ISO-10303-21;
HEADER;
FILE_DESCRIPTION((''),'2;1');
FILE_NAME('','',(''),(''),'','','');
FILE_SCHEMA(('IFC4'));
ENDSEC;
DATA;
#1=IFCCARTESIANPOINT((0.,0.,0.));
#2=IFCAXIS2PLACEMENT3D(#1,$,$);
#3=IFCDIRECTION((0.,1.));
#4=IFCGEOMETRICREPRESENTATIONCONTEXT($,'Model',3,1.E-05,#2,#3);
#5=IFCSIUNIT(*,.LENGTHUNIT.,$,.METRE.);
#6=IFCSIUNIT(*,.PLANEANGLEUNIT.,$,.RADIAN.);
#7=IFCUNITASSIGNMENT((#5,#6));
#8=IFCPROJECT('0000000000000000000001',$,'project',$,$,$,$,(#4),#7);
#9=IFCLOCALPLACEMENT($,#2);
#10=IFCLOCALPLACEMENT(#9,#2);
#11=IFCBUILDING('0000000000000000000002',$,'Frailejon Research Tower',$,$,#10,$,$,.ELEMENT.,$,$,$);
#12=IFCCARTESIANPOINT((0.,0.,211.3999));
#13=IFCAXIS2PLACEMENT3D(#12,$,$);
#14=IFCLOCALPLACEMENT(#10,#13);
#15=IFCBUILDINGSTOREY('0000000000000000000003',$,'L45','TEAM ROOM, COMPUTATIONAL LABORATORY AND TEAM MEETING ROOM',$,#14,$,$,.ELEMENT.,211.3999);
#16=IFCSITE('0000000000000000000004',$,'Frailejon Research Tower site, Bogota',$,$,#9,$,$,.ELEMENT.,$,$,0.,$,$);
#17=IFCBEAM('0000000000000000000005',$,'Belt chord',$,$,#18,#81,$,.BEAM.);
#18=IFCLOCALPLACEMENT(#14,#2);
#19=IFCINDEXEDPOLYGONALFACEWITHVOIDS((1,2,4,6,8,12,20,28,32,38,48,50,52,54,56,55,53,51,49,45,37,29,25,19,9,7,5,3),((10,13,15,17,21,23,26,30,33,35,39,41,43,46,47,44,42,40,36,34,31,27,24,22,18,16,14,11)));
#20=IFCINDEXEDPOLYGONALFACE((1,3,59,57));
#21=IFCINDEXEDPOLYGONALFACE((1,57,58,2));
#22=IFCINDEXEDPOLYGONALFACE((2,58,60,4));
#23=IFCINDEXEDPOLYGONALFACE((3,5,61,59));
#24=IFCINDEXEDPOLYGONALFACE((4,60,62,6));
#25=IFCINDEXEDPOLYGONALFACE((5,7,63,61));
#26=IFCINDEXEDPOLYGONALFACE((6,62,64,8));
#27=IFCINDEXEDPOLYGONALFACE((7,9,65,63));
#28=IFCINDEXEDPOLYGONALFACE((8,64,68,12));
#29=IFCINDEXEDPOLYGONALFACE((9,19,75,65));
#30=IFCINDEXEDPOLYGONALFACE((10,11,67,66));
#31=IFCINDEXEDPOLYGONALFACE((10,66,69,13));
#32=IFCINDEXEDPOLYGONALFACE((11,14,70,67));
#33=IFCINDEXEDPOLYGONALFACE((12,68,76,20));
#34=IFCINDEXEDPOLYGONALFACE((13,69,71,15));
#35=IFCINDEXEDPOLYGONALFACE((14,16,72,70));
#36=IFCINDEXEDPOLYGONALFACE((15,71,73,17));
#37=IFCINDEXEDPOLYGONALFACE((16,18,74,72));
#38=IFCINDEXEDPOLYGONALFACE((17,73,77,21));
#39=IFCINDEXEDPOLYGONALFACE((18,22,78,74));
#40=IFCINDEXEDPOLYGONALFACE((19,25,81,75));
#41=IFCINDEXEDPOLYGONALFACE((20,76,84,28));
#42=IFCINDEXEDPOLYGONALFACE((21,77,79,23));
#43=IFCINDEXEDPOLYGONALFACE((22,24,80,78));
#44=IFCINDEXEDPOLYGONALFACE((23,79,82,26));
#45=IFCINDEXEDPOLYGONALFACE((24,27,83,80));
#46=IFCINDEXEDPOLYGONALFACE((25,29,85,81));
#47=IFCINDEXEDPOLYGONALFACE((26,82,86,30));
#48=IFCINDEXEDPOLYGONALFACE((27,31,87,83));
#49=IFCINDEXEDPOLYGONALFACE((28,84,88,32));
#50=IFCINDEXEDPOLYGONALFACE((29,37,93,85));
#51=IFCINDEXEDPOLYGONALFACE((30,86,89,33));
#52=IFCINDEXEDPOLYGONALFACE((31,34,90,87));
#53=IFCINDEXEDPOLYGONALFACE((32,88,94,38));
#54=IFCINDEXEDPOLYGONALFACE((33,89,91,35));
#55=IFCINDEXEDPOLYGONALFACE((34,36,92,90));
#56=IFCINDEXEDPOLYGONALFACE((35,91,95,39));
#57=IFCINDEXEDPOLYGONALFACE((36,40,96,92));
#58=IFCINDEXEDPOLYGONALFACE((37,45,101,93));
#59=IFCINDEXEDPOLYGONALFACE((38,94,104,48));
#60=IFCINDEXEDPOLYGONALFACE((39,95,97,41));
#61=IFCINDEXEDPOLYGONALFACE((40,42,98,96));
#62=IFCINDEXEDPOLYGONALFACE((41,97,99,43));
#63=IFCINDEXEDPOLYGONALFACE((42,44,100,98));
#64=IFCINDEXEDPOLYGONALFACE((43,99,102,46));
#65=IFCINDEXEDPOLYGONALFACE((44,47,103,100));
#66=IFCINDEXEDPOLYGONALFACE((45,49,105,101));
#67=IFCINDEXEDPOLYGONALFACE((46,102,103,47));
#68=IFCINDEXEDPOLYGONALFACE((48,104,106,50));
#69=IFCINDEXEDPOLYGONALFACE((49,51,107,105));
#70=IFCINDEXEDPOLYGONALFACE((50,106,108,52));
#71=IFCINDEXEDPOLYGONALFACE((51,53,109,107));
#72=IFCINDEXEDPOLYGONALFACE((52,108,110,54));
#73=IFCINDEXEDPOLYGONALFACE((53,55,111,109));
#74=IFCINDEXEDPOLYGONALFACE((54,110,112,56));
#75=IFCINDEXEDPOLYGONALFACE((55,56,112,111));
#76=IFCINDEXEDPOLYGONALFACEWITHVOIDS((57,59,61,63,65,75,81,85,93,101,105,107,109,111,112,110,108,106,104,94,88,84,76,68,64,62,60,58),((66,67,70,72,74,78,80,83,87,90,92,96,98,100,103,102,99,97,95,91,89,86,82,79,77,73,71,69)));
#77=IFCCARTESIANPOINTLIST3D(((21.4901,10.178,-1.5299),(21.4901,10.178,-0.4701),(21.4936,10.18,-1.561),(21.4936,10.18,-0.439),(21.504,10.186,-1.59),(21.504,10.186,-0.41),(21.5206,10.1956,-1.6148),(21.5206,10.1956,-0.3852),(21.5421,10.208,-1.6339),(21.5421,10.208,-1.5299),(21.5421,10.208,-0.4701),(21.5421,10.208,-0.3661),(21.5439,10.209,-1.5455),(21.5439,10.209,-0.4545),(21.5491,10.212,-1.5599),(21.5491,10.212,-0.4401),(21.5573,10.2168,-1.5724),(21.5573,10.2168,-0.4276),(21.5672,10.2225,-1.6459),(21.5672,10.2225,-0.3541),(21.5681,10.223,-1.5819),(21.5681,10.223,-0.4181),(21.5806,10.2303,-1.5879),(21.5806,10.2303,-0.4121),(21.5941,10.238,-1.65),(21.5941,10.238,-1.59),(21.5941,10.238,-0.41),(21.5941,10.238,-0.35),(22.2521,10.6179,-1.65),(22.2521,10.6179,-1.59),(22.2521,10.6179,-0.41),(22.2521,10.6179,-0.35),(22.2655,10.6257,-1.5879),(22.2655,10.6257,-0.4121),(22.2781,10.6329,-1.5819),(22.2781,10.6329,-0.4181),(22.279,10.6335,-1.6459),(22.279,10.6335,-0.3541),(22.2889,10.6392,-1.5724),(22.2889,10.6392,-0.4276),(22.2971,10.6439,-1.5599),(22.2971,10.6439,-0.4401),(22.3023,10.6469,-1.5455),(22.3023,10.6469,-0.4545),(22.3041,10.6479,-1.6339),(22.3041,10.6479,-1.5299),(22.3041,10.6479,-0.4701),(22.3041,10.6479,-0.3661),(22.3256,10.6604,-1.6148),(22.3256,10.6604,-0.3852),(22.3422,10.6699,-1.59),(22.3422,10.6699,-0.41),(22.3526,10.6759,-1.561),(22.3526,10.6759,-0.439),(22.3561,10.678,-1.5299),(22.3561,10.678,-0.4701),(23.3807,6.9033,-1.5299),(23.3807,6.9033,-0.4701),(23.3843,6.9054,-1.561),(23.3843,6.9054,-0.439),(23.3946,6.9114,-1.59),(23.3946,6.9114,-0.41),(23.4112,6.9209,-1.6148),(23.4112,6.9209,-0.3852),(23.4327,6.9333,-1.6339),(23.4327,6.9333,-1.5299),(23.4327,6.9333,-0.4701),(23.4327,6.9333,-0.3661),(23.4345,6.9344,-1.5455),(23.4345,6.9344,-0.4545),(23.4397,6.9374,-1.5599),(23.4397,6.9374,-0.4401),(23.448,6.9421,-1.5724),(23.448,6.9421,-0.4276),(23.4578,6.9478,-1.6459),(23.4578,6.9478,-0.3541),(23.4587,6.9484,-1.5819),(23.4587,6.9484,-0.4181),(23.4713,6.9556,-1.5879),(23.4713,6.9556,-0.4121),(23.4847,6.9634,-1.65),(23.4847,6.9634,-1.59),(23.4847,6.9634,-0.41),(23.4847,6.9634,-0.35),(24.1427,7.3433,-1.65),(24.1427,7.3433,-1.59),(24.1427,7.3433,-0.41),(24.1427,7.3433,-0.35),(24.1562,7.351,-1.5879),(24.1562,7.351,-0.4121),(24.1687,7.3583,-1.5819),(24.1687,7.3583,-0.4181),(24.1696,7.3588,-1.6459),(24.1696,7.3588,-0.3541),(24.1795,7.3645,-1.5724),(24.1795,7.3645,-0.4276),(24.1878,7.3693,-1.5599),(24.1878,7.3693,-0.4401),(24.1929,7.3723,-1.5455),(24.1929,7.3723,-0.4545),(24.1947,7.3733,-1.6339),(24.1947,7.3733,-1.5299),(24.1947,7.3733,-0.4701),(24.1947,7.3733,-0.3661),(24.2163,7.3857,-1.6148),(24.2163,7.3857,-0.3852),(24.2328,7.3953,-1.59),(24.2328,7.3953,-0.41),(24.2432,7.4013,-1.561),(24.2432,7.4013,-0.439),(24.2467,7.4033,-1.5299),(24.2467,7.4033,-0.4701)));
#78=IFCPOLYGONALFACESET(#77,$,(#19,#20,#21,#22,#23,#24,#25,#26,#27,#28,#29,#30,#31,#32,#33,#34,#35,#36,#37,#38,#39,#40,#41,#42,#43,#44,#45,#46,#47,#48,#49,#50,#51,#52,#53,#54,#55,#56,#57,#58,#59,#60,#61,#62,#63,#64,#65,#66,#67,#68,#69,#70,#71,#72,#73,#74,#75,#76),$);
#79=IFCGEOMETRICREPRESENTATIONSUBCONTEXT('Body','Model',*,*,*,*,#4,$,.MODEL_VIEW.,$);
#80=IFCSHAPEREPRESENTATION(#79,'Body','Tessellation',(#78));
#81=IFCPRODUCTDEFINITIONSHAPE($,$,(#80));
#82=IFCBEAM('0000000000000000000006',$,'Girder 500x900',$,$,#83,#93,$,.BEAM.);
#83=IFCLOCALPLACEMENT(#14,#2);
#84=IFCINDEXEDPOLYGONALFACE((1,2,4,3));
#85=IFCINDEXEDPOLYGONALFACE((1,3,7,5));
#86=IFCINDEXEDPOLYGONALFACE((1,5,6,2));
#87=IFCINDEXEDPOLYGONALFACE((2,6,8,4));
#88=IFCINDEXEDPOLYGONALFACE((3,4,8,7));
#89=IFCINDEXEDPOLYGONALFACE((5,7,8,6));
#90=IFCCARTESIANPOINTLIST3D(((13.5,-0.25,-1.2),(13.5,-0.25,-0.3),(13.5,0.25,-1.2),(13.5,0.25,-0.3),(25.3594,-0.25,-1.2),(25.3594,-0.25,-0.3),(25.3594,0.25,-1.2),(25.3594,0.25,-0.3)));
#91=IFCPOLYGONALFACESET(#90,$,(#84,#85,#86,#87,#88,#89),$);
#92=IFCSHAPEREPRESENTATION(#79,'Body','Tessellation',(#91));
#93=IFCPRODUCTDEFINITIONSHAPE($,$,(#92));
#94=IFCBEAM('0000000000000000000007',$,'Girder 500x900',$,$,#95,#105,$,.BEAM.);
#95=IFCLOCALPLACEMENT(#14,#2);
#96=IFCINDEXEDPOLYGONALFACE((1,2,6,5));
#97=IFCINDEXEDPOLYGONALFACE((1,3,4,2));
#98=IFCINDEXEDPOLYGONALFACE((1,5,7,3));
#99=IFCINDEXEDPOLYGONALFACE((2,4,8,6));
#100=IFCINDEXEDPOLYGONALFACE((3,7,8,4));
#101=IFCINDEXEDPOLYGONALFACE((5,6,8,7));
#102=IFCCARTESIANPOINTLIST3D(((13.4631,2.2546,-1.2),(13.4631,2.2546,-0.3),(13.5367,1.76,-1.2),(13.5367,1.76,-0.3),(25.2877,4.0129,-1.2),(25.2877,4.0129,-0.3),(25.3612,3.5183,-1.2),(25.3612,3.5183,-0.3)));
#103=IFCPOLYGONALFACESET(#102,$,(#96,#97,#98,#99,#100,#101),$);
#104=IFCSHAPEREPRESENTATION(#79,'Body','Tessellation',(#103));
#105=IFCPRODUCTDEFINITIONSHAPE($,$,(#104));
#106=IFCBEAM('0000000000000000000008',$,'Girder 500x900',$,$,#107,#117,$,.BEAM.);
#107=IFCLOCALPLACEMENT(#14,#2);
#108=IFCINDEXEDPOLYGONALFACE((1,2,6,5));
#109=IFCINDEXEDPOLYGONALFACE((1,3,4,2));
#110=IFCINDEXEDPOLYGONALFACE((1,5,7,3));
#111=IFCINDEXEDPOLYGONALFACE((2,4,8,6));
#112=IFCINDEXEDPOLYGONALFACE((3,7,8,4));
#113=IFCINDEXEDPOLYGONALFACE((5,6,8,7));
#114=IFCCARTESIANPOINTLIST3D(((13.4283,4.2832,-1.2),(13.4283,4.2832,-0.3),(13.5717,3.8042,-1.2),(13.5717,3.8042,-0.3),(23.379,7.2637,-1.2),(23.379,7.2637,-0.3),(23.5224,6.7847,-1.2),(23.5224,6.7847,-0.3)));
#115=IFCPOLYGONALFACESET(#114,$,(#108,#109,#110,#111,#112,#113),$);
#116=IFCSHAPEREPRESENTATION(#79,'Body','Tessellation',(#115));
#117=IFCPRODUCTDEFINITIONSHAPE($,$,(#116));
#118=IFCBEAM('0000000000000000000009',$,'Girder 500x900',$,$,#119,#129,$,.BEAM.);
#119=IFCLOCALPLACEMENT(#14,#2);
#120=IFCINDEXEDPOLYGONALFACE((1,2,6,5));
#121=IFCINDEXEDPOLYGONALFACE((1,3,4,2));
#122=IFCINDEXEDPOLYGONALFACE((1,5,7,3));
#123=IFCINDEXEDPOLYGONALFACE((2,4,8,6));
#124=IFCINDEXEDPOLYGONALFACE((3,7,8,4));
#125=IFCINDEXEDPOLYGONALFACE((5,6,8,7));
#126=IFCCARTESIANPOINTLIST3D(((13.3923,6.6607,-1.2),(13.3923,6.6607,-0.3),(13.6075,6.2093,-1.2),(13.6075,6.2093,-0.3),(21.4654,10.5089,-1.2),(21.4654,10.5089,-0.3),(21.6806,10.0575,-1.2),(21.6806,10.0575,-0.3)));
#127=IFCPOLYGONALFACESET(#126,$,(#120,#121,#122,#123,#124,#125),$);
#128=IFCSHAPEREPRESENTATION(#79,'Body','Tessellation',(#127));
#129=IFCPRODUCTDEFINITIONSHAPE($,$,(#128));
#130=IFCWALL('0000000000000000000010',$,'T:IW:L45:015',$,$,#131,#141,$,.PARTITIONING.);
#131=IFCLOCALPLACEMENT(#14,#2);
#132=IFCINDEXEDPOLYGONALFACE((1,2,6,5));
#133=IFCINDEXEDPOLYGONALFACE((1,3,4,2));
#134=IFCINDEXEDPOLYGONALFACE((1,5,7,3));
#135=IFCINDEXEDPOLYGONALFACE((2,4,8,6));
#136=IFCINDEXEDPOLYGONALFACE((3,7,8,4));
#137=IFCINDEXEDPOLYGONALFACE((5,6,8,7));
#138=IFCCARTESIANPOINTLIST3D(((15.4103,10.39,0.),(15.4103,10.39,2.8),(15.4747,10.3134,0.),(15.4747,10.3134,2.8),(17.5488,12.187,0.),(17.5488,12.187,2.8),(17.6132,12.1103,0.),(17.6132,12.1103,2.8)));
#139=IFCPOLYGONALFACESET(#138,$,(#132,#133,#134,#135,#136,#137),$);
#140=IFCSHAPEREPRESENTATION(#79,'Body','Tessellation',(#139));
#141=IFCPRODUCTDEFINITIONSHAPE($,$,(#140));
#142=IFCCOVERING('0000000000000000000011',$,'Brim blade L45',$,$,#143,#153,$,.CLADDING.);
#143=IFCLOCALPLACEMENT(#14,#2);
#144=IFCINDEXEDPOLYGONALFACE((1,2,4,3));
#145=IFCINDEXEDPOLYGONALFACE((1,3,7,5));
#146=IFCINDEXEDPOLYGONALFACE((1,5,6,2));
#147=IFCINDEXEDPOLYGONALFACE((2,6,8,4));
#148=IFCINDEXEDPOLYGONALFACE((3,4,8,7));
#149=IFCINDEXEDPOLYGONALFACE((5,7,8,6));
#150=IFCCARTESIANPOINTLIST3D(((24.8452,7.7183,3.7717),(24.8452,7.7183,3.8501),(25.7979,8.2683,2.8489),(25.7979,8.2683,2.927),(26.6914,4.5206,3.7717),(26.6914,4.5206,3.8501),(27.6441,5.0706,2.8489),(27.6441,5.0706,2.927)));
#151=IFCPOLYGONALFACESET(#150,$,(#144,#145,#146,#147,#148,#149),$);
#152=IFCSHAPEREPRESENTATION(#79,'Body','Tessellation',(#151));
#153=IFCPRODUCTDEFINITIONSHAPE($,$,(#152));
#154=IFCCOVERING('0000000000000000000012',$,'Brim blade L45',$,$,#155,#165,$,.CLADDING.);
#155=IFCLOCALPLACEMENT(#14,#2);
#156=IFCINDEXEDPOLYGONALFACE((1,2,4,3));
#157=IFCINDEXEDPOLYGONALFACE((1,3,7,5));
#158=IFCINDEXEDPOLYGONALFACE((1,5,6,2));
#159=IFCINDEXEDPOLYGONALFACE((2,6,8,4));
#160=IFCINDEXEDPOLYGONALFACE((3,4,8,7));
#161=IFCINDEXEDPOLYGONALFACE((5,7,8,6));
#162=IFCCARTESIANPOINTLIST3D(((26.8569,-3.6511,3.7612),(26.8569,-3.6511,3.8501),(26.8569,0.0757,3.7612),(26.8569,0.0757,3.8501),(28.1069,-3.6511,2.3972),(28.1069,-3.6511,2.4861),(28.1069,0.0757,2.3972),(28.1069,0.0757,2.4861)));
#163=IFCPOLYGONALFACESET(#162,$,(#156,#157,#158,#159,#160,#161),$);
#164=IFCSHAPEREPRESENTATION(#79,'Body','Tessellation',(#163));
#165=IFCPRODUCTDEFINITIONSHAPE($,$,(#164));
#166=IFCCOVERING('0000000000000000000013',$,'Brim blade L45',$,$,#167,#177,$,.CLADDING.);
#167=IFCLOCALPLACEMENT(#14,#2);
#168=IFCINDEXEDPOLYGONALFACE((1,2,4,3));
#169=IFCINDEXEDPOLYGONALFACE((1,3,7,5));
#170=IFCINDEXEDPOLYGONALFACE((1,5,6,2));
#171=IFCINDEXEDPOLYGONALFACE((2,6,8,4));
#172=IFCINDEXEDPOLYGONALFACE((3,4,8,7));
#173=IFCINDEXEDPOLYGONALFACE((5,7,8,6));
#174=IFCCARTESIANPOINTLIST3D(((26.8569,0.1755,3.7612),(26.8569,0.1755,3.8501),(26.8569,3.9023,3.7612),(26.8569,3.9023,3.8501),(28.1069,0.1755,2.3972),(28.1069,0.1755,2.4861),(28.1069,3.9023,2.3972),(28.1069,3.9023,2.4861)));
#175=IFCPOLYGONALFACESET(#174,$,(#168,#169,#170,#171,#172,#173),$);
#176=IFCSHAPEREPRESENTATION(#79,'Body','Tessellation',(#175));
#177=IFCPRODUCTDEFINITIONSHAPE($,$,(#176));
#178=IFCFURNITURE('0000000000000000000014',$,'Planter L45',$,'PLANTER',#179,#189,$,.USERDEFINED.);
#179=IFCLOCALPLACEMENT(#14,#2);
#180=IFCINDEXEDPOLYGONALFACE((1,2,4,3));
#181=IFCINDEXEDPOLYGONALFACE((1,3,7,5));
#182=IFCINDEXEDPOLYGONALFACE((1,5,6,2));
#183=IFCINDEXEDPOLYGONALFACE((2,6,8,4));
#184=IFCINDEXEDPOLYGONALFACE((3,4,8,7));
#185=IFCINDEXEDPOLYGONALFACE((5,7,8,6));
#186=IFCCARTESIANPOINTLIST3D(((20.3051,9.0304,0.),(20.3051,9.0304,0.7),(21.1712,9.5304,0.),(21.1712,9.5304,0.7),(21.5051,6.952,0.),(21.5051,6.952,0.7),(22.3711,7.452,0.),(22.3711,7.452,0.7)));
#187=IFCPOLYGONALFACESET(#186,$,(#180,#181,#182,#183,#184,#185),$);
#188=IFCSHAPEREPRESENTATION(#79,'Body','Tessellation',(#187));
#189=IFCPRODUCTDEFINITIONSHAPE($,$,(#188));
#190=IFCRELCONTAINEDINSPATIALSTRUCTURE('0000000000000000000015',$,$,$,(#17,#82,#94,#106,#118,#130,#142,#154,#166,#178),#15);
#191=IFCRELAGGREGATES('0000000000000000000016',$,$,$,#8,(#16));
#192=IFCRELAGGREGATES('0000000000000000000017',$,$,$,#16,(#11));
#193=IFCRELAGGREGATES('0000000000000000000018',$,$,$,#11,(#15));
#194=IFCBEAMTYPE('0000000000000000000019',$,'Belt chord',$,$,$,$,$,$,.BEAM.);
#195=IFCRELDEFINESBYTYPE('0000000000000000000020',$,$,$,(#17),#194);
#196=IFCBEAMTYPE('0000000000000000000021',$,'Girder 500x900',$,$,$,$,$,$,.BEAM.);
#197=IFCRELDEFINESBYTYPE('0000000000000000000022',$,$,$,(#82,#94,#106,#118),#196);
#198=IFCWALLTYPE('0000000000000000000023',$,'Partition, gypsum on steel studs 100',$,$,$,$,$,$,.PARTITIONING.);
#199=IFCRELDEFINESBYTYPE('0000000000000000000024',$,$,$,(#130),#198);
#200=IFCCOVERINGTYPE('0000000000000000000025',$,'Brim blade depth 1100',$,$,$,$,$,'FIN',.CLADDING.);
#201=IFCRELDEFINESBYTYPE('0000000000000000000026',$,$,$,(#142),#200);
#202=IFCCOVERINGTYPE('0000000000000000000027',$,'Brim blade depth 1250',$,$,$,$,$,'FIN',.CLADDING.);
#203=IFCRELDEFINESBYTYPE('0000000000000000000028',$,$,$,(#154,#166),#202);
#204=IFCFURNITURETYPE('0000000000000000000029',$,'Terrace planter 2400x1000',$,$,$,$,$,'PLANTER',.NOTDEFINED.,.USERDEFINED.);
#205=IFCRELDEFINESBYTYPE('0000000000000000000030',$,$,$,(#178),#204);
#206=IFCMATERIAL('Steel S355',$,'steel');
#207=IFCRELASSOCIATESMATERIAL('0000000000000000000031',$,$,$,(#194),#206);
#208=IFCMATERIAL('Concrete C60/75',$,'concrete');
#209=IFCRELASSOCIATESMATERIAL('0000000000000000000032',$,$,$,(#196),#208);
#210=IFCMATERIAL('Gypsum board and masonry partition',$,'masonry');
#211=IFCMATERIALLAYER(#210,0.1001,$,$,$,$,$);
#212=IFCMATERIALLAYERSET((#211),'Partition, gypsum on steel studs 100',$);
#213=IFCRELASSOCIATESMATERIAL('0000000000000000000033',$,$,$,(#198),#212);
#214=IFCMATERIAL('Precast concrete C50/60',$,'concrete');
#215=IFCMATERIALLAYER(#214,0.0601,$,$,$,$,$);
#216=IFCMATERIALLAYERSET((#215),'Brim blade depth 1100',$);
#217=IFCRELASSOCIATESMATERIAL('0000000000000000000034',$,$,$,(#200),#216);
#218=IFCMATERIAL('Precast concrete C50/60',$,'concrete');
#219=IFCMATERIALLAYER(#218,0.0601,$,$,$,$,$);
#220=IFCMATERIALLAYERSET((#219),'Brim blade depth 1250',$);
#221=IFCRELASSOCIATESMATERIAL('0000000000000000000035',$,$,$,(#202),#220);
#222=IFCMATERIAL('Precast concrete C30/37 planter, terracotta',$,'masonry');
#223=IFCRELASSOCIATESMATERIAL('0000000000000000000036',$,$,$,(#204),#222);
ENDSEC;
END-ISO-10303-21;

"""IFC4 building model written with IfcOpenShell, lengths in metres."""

from ifc_helpers import new_model, si_unit, direction, frame, frame_2d, origin, origin_2d, place, context, subcontext, project, spatial, polyline, rectangle, hollow_rectangle, outline, extrude, material, layer, layer_set, material_profile, profile_set, type_object, element, save


model = new_model("IFC4")

# Units and contexts
model_context = context("Model", 3, precision=1e-05, world=origin(), true_north=direction((0.0, 1.0)))
body_context = subcontext(model_context, "Body", "Model", "MODEL_VIEW")
ifc_project = project(units=[si_unit("LENGTHUNIT", "METRE"), si_unit("PLANEANGLEUNIT", "RADIAN")], contexts=[model_context])

# Site, building, storey
site_placement = place(None, origin())
site = spatial("IfcSite", under=ifc_project, at=site_placement, Name="Frailejon Research Tower site, Bogota", CompositionType="ELEMENT", RefElevation=0.0)
building_placement = place(site_placement, origin())
building = spatial("IfcBuilding", under=site, at=building_placement, Name="Frailejon Research Tower", CompositionType="ELEMENT")
storey_placement = place(building_placement, frame((0.0, 0.0, 211.3999)))
storey = spatial("IfcBuildingStorey", under=building, at=storey_placement, Name="L45", Description="TEAM ROOM, COMPUTATIONAL LABORATORY AND TEAM MEETING ROOM", CompositionType="ELEMENT", Elevation=211.3999)

# Beams
ifc_material_1 = material(Name="Steel S355", Category="steel")
ifc_material_profile_1 = material_profile(ifc_material_1, hollow_rectangle(XDim=1.0, YDim=1.3, WallThickness=0.0601, InnerFilletRadius=0.0601, OuterFilletRadius=0.1201, at=origin_2d()), Name="Belt chord")
ifc_profile_set_1 = profile_set([ifc_material_profile_1], Name="Steel S355")
beam_type_1 = type_object("IfcBeamType", Name="Belt chord", PredefinedType="BEAM", material=ifc_profile_set_1)
for number, where, z_axis, x_axis, name in (
    (1, (23.8137, 7.1533, -1.0), (-0.5, 0.866025, 0.0), (-0.866025, -0.5, 0.0), "Belt chord"),
):
    element("IfcBeam", number, at=place(storey_placement, frame(where, z_axis=z_axis, x_axis=x_axis)), inside=storey, type_object=beam_type_1, Name=name, PredefinedType="BEAM", context=body_context, shape_type="SweptSolid", body=[
        extrude(hollow_rectangle(XDim=1.0, YDim=1.3, WallThickness=0.0601, InnerFilletRadius=0.0601, OuterFilletRadius=0.1201, at=origin_2d()), origin(), (0.0, 0.0, 1.0), 3.7812),
    ])
ifc_material_2 = material(Name="Concrete C60/75", Category="concrete")
ifc_material_profile_2 = material_profile(ifc_material_2, rectangle(XDim=0.5, YDim=0.8999, at=origin_2d()), Name="Girder 500x900")
ifc_profile_set_2 = profile_set([ifc_material_profile_2], Name="Concrete C60/75")
beam_type_2 = type_object("IfcBeamType", Name="Girder 500x900", PredefinedType="BEAM", material=ifc_profile_set_2)
beam_1_placement = place(storey_placement, frame((25.3594, 0.0, -0.75), z_axis=(-1.0, 0.0, 0.0), x_axis=(0.0, -1.0, 0.0)))
element("IfcBeam", 2, at=beam_1_placement, inside=storey, type_object=beam_type_2, Name="Girder 500x900", PredefinedType="BEAM", context=body_context, shape_type="SweptSolid", body=[
    extrude(rectangle(XDim=0.5, YDim=0.8999, at=origin_2d()), origin(), (0.0, 0.0, 1.0), 11.8594),
])
beam_2_placement = place(storey_placement, frame((25.3245, 3.7656, -0.75), z_axis=(-0.989124, -0.147083, 0.0), x_axis=(0.147083, -0.989124, 0.0)))
element("IfcBeam", 3, at=beam_2_placement, inside=storey, type_object=beam_type_2, Name="Girder 500x900", PredefinedType="BEAM", context=body_context, shape_type="SweptSolid", body=[
    extrude(rectangle(XDim=0.5, YDim=0.8999, at=origin_2d()), origin(), (0.0, 0.0, 1.0), 11.9546),
])
beam_3_placement = place(storey_placement, frame((23.4507, 7.0242, -0.75), z_axis=(-0.957952, -0.28693, 0.0), x_axis=(0.28693, -0.957952, 0.0)))
element("IfcBeam", 4, at=beam_3_placement, inside=storey, type_object=beam_type_2, Name="Girder 500x900", PredefinedType="BEAM", context=body_context, shape_type="SweptSolid", body=[
    extrude(rectangle(XDim=0.5, YDim=0.8999, at=origin_2d()), origin(), (0.0, 0.0, 1.0), 10.3875),
])
beam_4_placement = place(storey_placement, frame((21.573, 10.2832, -0.75), z_axis=(-0.902693, -0.430285, 0.0), x_axis=(0.430285, -0.902693, 0.0)))
element("IfcBeam", 5, at=beam_4_placement, inside=storey, type_object=beam_type_2, Name="Girder 500x900", PredefinedType="BEAM", context=body_context, shape_type="SweptSolid", body=[
    extrude(rectangle(XDim=0.5, YDim=0.8999, at=origin_2d()), origin(), (0.0, 0.0, 1.0), 8.9434),
])

# Wall
ifc_material_3 = material(Name="Gypsum board and masonry partition", Category="masonry")
ifc_layer_1 = layer(ifc_material_3, 0.1001)
ifc_layer_set_1 = layer_set([ifc_layer_1], Name="Partition, gypsum on steel studs 100")
wall_type_1 = type_object("IfcWallType", Name="Partition, gypsum on steel studs 100", PredefinedType="PARTITIONING", material=ifc_layer_set_1)
wall_1_placement = place(storey_placement, frame((15.4426, 10.3518, 0.0), z_axis=(0.0, 0.0, 1.0), x_axis=(0.7656, 0.643317, 0.0)))
element("IfcWall", 6, at=wall_1_placement, inside=storey, type_object=wall_type_1, Name="T:IW:L45:015", PredefinedType="PARTITIONING", context=body_context, shape_type="SweptSolid", body=[
    extrude(rectangle(XDim=2.7932, YDim=0.1001, at=frame_2d((1.3965, 0.0))), origin(), (0.0, 0.0, 1.0), 2.8),
])

# Coverings
ifc_material_4 = material(Name="Precast concrete C50/60", Category="concrete")
ifc_layer_2 = layer(ifc_material_4, 0.0601)
ifc_layer_set_2 = layer_set([ifc_layer_2], Name="Brim blade depth 1100")
covering_type_1 = type_object("IfcCoveringType", Name="Brim blade depth 1100", ElementType="FIN", PredefinedType="CLADDING", material=ifc_layer_set_2)
covering_placement = place(storey_placement, frame((24.8452, 7.7183, 3.8501), z_axis=(0.499993, -0.866029, 0.0), x_axis=(0.866029, 0.499993, 0.0)))
element("IfcCovering", 7, at=covering_placement, inside=storey, type_object=covering_type_1, Name="Brim blade L45", PredefinedType="CLADDING", context=body_context, shape_type="SweptSolid", body=[
    extrude(outline(polyline([(0.0, -0.0784), (1.1001, -1.0012), (1.1001, -0.9231), (0.0, 0.0), (0.0, -0.0784)])), origin(), (0.0, 0.0, 1.0), 3.6924),
])
ifc_material_5 = material(Name="Precast concrete C50/60", Category="concrete")
ifc_layer_3 = layer(ifc_material_5, 0.0601)
ifc_layer_set_3 = layer_set([ifc_layer_3], Name="Brim blade depth 1250")
covering_type_2 = type_object("IfcCoveringType", Name="Brim blade depth 1250", ElementType="FIN", PredefinedType="CLADDING", material=ifc_layer_set_3)
for number, where, z_axis, x_axis, name in (
    (8, (26.8569, 0.0757, 3.8501), (0.0, -1.0, 0.0), (1.0, 0.0, 0.0), "Brim blade L45"),
    (9, (26.8569, 3.9023, 3.8501), (0.0, -1.0, 0.0), (1.0, 0.0, 0.0), "Brim blade L45"),
):
    element("IfcCovering", number, at=place(storey_placement, frame(where, z_axis=z_axis, x_axis=x_axis)), inside=storey, type_object=covering_type_2, Name=name, PredefinedType="CLADDING", context=body_context, shape_type="SweptSolid", body=[
        extrude(outline(polyline([(0.0, -0.0889), (1.25, -1.4529), (1.25, -1.364), (0.0, 0.0), (0.0, -0.0889)])), origin(), (0.0, 0.0, 1.0), 3.7268),
    ])

# Furniture
ifc_material_6 = material(Name="Precast concrete C30/37 planter, terracotta", Category="masonry")
furniture_type = type_object("IfcFurnitureType", Name="Terrace planter 2400x1000", ElementType="PLANTER", AssemblyPlace="NOTDEFINED", PredefinedType="USERDEFINED", material=ifc_material_6)
furniture_placement = place(storey_placement, frame((21.3381, 8.2412, 0.0), z_axis=(0.0, 0.0, 1.0), x_axis=(-0.5, 0.866025, 0.0)))
element("IfcFurniture", 10, at=furniture_placement, inside=storey, type_object=furniture_type, Name="Planter L45", ObjectType="PLANTER", PredefinedType="USERDEFINED", context=body_context, shape_type="SweptSolid", body=[
    extrude(rectangle(XDim=2.3999, YDim=1.0, at=origin_2d()), origin(), (0.0, 0.0, 1.0), 0.7),
])

save(model, "model.ifc")
